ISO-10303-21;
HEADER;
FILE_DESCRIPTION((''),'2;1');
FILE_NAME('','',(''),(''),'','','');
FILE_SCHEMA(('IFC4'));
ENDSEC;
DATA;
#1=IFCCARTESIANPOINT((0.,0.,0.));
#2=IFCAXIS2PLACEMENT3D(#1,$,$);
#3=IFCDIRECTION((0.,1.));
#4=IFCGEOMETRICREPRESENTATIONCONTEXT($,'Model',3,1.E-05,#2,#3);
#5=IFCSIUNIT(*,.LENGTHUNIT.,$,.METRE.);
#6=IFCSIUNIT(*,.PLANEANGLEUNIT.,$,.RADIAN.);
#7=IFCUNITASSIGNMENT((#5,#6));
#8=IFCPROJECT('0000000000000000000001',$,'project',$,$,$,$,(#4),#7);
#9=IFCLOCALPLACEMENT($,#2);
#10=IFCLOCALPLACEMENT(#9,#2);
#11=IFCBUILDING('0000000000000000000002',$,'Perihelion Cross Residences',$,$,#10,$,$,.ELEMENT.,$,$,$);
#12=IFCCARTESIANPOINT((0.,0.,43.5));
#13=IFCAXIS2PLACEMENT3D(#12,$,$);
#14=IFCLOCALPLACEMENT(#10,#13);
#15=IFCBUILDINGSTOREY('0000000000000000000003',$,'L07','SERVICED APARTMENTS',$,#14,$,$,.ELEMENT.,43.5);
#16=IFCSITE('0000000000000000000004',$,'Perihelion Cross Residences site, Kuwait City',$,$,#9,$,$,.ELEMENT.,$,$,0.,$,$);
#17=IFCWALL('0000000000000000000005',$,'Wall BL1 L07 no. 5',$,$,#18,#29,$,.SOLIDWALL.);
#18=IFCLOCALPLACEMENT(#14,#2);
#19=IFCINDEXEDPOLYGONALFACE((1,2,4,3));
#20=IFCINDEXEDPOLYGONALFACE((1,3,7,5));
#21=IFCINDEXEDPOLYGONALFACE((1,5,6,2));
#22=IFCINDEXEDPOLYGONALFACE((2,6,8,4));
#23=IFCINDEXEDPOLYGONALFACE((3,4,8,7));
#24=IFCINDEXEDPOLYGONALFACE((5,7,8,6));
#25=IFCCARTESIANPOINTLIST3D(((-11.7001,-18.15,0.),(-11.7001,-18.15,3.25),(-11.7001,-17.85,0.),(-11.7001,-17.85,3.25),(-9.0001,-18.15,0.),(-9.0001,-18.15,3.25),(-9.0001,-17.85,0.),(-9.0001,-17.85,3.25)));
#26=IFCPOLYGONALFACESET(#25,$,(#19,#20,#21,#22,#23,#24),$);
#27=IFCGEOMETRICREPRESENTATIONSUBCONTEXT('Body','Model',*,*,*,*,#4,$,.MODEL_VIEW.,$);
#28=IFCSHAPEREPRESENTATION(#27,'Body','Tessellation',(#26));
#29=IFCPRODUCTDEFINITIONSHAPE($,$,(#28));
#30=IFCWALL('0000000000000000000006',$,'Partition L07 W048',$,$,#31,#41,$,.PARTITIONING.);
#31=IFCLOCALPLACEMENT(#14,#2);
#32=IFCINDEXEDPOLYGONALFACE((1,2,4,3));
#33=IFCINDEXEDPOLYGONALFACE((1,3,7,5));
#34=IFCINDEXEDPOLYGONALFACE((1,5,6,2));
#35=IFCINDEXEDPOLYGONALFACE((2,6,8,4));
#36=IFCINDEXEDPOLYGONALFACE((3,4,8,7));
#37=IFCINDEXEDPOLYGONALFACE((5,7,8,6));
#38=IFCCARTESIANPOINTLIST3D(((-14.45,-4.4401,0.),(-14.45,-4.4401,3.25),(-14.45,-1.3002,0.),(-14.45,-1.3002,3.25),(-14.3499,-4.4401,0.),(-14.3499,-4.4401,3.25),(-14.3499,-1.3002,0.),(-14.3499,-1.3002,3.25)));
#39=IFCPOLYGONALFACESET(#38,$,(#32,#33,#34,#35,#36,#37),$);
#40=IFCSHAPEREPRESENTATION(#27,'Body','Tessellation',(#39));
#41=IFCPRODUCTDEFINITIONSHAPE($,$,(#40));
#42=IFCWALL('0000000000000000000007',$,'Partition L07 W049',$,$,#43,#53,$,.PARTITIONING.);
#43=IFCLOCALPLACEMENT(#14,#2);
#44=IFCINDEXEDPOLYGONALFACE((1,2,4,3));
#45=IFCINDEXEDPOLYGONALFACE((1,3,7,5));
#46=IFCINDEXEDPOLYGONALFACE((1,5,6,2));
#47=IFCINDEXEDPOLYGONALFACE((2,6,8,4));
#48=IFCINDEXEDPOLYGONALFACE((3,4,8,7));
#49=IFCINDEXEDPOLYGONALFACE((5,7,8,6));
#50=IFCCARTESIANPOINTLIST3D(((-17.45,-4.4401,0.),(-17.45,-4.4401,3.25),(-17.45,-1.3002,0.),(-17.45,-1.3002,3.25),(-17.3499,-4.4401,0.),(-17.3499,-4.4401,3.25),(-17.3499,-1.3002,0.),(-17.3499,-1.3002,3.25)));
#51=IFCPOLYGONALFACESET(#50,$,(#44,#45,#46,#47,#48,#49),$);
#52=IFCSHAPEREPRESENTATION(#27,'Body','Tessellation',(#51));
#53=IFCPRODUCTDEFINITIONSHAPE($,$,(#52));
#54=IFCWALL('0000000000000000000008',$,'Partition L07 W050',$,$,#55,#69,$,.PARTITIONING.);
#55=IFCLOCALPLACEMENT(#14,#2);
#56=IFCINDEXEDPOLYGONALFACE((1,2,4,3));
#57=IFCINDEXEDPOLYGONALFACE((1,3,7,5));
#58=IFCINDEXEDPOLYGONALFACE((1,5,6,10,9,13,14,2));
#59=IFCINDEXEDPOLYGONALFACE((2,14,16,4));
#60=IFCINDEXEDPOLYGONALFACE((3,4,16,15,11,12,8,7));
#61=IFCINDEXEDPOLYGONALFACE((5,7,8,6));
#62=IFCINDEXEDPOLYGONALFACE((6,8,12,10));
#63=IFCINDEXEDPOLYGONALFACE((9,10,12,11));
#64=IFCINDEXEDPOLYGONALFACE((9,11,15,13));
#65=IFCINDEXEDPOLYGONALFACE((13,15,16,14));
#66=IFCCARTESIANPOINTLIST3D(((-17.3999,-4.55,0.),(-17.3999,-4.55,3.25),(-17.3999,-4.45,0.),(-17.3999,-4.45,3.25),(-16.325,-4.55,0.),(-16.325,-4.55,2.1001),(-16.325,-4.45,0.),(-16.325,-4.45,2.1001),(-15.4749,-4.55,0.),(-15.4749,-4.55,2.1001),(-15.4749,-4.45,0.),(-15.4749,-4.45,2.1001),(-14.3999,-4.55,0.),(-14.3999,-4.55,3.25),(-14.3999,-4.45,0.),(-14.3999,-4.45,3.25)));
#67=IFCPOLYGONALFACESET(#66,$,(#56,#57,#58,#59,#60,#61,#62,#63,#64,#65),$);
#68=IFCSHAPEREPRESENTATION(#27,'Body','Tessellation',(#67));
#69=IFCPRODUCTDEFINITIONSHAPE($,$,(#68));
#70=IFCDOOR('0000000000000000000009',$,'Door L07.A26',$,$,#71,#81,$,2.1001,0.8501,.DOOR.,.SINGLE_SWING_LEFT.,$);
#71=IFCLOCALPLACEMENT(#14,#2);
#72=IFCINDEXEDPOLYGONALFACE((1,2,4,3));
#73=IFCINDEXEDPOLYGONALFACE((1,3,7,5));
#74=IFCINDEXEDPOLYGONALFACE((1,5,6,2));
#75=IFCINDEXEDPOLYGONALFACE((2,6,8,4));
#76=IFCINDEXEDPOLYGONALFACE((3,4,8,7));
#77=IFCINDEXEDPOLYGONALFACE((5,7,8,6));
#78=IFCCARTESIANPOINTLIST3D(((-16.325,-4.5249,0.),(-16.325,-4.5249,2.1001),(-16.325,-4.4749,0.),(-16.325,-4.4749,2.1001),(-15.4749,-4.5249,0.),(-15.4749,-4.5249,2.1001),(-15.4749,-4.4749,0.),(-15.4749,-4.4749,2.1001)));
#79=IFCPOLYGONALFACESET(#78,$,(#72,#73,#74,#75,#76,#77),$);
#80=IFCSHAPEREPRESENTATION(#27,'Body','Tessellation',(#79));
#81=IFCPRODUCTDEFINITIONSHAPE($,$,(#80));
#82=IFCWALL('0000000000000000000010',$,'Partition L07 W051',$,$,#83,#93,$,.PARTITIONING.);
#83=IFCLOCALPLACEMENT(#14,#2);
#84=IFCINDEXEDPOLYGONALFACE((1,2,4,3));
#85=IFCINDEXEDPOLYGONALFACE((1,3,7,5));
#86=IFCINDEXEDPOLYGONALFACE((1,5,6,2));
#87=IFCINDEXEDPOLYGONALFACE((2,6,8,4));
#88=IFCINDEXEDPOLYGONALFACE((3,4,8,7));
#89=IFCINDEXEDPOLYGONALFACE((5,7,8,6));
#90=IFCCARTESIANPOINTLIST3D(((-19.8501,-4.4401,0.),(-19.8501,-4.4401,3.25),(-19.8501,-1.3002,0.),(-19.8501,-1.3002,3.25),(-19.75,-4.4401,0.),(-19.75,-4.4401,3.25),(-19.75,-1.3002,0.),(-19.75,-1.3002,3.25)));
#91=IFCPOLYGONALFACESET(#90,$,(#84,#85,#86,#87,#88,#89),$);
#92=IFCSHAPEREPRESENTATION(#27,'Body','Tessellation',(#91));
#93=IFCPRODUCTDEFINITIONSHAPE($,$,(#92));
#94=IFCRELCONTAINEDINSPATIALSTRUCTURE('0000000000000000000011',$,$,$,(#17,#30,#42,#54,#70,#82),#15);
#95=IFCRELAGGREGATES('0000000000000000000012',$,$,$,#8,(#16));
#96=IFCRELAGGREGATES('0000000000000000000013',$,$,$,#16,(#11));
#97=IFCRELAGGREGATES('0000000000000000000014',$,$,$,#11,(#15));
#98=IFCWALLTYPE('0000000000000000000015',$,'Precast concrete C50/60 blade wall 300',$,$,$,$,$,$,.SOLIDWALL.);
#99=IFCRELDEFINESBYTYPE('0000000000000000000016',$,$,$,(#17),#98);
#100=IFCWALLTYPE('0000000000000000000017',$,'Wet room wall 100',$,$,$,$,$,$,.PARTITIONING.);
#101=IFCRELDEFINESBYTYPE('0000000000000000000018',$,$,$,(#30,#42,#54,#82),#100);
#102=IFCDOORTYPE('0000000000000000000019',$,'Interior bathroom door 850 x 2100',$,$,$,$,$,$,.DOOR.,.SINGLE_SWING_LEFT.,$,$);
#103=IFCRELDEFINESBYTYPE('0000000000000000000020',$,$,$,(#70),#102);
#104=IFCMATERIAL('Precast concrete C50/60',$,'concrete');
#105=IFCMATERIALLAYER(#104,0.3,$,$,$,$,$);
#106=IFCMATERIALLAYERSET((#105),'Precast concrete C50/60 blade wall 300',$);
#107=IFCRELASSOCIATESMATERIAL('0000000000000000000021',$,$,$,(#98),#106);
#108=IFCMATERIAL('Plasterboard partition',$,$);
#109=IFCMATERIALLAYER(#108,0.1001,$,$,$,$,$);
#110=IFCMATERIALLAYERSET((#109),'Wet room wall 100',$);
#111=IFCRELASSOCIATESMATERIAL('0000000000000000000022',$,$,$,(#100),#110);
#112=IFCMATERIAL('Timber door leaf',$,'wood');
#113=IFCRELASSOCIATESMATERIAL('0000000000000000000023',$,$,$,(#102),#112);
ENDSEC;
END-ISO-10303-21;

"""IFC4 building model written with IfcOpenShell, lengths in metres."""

from ifc_helpers import new_model, si_unit, direction, frame, frame_2d, origin, place, context, subcontext, project, spatial, rectangle, extrude, material, layer, layer_set, type_object, element, fill, save


model = new_model("IFC4")

# Units and contexts
model_context = context("Model", 3, precision=1e-05, world=origin(), true_north=direction((0.0, 1.0)))
body_context = subcontext(model_context, "Body", "Model", "MODEL_VIEW")
ifc_project = project(units=[si_unit("LENGTHUNIT", "METRE"), si_unit("PLANEANGLEUNIT", "RADIAN")], contexts=[model_context])

# Site, building, storey
site_placement = place(None, origin())
site = spatial("IfcSite", under=ifc_project, at=site_placement, Name="Perihelion Cross Residences site, Kuwait City", CompositionType="ELEMENT", RefElevation=0.0)
building_placement = place(site_placement, origin())
building = spatial("IfcBuilding", under=site, at=building_placement, Name="Perihelion Cross Residences", CompositionType="ELEMENT")
storey_placement = place(building_placement, frame((0.0, 0.0, 43.5)))
storey = spatial("IfcBuildingStorey", under=building, at=storey_placement, Name="L07", Description="SERVICED APARTMENTS", CompositionType="ELEMENT", Elevation=43.5)

# Walls
ifc_material_1 = material(Name="Precast concrete C50/60", Category="concrete")
ifc_layer_1 = layer(ifc_material_1, 0.3)
ifc_layer_set_1 = layer_set([ifc_layer_1], Name="Precast concrete C50/60 blade wall 300")
wall_type_1 = type_object("IfcWallType", Name="Precast concrete C50/60 blade wall 300", PredefinedType="SOLIDWALL", material=ifc_layer_set_1)
wall_1_placement = place(storey_placement, frame((-9.0, -18.0, 0.0), z_axis=(0.0, 0.0, 1.0), x_axis=(-1.0, 0.0, 0.0)))
element("IfcWall", 1, at=wall_1_placement, inside=storey, type_object=wall_type_1, Name="Wall BL1 L07 no. 5", PredefinedType="SOLIDWALL", context=body_context, shape_type="SweptSolid", body=[
    extrude(rectangle(XDim=2.7, YDim=0.3, at=frame_2d((1.3501, 0.0))), origin(), (0.0, 0.0, 1.0), 3.25),
])
ifc_material_2 = material(Name="Plasterboard partition")
ifc_layer_2 = layer(ifc_material_2, 0.1001)
ifc_layer_set_2 = layer_set([ifc_layer_2], Name="Wet room wall 100")
wall_type_2 = type_object("IfcWallType", Name="Wet room wall 100", PredefinedType="PARTITIONING", material=ifc_layer_set_2)
for number, where, z_axis, x_axis, name in (
    (2, (-14.3999, -4.4399, 0.0), (0.0, 0.0, 1.0), (0.0, 1.0, 0.0), "Partition L07 W048"),
    (3, (-17.3999, -4.4399, 0.0), (0.0, 0.0, 1.0), (0.0, 1.0, 0.0), "Partition L07 W049"),
):
    element("IfcWall", number, at=place(storey_placement, frame(where, z_axis=z_axis, x_axis=x_axis)), inside=storey, type_object=wall_type_2, Name=name, PredefinedType="PARTITIONING", context=body_context, shape_type="SweptSolid", body=[
        extrude(rectangle(XDim=3.1399, YDim=0.1001, at=frame_2d((1.5698, 0.0))), origin(), (0.0, 0.0, 1.0), 3.25),
    ])

# Wall, opening, door
wall_2_placement = place(storey_placement, frame((-14.3999, -4.5, 0.0), z_axis=(0.0, 0.0, 1.0), x_axis=(-1.0, 0.0, 0.0)))
wall_2 = element("IfcWall", 4, at=wall_2_placement, inside=storey, type_object=wall_type_2, Name="Partition L07 W050", PredefinedType="PARTITIONING", context=body_context, shape_type="SweptSolid", body=[
    extrude(rectangle(XDim=3.0, YDim=0.1001, at=frame_2d((1.5, 0.0))), origin(), (0.0, 0.0, 1.0), 3.25),
])
opening_1_placement = place(wall_2_placement, frame((1.075, 0.0, 0.0)))
opening_1 = element("IfcOpeningElement", 5, at=opening_1_placement, cuts=wall_2, PredefinedType="OPENING", context=body_context, shape_type="SweptSolid", body=[
    extrude(rectangle(XDim=0.8501, YDim=2.1001, at=frame_2d((0.425, 1.05))), frame((0.0, 0.0601, 0.0), z_axis=(0.0, -1.0, 0.0), x_axis=(1.0, 0.0, 0.0)), (0.0, 0.0, 1.0), 0.1201),
])
ifc_material_3 = material(Name="Timber door leaf", Category="wood")
door_type_1 = type_object("IfcDoorType", Name="Interior bathroom door 850 x 2100", OperationType="SINGLE_SWING_LEFT", PredefinedType="DOOR", material=ifc_material_3)
door_1_placement = place(opening_1_placement, origin())
door_1 = element("IfcDoor", 6, at=door_1_placement, inside=storey, type_object=door_type_1, Name="Door L07.A26", OperationType="SINGLE_SWING_LEFT", OverallHeight=2.1001, OverallWidth=0.8501, PredefinedType="DOOR", context=body_context, shape_type="SweptSolid", body=[
    extrude(rectangle(XDim=0.8501, YDim=2.1001, at=frame_2d((0.425, 1.05))), frame((0.0, 0.0249, 0.0), z_axis=(0.0, -1.0, 0.0), x_axis=(1.0, 0.0, 0.0)), (0.0, 0.0, 1.0), 0.05),
])
fill(opening_1, door_1)

# Wall
wall_3_placement = place(storey_placement, frame((-19.8, -4.4399, 0.0), z_axis=(0.0, 0.0, 1.0), x_axis=(0.0, 1.0, 0.0)))
element("IfcWall", 7, at=wall_3_placement, inside=storey, type_object=wall_type_2, Name="Partition L07 W051", PredefinedType="PARTITIONING", context=body_context, shape_type="SweptSolid", body=[
    extrude(rectangle(XDim=3.1399, YDim=0.1001, at=frame_2d((1.5698, 0.0))), origin(), (0.0, 0.0, 1.0), 3.25),
])

save(model, "model.ifc")
